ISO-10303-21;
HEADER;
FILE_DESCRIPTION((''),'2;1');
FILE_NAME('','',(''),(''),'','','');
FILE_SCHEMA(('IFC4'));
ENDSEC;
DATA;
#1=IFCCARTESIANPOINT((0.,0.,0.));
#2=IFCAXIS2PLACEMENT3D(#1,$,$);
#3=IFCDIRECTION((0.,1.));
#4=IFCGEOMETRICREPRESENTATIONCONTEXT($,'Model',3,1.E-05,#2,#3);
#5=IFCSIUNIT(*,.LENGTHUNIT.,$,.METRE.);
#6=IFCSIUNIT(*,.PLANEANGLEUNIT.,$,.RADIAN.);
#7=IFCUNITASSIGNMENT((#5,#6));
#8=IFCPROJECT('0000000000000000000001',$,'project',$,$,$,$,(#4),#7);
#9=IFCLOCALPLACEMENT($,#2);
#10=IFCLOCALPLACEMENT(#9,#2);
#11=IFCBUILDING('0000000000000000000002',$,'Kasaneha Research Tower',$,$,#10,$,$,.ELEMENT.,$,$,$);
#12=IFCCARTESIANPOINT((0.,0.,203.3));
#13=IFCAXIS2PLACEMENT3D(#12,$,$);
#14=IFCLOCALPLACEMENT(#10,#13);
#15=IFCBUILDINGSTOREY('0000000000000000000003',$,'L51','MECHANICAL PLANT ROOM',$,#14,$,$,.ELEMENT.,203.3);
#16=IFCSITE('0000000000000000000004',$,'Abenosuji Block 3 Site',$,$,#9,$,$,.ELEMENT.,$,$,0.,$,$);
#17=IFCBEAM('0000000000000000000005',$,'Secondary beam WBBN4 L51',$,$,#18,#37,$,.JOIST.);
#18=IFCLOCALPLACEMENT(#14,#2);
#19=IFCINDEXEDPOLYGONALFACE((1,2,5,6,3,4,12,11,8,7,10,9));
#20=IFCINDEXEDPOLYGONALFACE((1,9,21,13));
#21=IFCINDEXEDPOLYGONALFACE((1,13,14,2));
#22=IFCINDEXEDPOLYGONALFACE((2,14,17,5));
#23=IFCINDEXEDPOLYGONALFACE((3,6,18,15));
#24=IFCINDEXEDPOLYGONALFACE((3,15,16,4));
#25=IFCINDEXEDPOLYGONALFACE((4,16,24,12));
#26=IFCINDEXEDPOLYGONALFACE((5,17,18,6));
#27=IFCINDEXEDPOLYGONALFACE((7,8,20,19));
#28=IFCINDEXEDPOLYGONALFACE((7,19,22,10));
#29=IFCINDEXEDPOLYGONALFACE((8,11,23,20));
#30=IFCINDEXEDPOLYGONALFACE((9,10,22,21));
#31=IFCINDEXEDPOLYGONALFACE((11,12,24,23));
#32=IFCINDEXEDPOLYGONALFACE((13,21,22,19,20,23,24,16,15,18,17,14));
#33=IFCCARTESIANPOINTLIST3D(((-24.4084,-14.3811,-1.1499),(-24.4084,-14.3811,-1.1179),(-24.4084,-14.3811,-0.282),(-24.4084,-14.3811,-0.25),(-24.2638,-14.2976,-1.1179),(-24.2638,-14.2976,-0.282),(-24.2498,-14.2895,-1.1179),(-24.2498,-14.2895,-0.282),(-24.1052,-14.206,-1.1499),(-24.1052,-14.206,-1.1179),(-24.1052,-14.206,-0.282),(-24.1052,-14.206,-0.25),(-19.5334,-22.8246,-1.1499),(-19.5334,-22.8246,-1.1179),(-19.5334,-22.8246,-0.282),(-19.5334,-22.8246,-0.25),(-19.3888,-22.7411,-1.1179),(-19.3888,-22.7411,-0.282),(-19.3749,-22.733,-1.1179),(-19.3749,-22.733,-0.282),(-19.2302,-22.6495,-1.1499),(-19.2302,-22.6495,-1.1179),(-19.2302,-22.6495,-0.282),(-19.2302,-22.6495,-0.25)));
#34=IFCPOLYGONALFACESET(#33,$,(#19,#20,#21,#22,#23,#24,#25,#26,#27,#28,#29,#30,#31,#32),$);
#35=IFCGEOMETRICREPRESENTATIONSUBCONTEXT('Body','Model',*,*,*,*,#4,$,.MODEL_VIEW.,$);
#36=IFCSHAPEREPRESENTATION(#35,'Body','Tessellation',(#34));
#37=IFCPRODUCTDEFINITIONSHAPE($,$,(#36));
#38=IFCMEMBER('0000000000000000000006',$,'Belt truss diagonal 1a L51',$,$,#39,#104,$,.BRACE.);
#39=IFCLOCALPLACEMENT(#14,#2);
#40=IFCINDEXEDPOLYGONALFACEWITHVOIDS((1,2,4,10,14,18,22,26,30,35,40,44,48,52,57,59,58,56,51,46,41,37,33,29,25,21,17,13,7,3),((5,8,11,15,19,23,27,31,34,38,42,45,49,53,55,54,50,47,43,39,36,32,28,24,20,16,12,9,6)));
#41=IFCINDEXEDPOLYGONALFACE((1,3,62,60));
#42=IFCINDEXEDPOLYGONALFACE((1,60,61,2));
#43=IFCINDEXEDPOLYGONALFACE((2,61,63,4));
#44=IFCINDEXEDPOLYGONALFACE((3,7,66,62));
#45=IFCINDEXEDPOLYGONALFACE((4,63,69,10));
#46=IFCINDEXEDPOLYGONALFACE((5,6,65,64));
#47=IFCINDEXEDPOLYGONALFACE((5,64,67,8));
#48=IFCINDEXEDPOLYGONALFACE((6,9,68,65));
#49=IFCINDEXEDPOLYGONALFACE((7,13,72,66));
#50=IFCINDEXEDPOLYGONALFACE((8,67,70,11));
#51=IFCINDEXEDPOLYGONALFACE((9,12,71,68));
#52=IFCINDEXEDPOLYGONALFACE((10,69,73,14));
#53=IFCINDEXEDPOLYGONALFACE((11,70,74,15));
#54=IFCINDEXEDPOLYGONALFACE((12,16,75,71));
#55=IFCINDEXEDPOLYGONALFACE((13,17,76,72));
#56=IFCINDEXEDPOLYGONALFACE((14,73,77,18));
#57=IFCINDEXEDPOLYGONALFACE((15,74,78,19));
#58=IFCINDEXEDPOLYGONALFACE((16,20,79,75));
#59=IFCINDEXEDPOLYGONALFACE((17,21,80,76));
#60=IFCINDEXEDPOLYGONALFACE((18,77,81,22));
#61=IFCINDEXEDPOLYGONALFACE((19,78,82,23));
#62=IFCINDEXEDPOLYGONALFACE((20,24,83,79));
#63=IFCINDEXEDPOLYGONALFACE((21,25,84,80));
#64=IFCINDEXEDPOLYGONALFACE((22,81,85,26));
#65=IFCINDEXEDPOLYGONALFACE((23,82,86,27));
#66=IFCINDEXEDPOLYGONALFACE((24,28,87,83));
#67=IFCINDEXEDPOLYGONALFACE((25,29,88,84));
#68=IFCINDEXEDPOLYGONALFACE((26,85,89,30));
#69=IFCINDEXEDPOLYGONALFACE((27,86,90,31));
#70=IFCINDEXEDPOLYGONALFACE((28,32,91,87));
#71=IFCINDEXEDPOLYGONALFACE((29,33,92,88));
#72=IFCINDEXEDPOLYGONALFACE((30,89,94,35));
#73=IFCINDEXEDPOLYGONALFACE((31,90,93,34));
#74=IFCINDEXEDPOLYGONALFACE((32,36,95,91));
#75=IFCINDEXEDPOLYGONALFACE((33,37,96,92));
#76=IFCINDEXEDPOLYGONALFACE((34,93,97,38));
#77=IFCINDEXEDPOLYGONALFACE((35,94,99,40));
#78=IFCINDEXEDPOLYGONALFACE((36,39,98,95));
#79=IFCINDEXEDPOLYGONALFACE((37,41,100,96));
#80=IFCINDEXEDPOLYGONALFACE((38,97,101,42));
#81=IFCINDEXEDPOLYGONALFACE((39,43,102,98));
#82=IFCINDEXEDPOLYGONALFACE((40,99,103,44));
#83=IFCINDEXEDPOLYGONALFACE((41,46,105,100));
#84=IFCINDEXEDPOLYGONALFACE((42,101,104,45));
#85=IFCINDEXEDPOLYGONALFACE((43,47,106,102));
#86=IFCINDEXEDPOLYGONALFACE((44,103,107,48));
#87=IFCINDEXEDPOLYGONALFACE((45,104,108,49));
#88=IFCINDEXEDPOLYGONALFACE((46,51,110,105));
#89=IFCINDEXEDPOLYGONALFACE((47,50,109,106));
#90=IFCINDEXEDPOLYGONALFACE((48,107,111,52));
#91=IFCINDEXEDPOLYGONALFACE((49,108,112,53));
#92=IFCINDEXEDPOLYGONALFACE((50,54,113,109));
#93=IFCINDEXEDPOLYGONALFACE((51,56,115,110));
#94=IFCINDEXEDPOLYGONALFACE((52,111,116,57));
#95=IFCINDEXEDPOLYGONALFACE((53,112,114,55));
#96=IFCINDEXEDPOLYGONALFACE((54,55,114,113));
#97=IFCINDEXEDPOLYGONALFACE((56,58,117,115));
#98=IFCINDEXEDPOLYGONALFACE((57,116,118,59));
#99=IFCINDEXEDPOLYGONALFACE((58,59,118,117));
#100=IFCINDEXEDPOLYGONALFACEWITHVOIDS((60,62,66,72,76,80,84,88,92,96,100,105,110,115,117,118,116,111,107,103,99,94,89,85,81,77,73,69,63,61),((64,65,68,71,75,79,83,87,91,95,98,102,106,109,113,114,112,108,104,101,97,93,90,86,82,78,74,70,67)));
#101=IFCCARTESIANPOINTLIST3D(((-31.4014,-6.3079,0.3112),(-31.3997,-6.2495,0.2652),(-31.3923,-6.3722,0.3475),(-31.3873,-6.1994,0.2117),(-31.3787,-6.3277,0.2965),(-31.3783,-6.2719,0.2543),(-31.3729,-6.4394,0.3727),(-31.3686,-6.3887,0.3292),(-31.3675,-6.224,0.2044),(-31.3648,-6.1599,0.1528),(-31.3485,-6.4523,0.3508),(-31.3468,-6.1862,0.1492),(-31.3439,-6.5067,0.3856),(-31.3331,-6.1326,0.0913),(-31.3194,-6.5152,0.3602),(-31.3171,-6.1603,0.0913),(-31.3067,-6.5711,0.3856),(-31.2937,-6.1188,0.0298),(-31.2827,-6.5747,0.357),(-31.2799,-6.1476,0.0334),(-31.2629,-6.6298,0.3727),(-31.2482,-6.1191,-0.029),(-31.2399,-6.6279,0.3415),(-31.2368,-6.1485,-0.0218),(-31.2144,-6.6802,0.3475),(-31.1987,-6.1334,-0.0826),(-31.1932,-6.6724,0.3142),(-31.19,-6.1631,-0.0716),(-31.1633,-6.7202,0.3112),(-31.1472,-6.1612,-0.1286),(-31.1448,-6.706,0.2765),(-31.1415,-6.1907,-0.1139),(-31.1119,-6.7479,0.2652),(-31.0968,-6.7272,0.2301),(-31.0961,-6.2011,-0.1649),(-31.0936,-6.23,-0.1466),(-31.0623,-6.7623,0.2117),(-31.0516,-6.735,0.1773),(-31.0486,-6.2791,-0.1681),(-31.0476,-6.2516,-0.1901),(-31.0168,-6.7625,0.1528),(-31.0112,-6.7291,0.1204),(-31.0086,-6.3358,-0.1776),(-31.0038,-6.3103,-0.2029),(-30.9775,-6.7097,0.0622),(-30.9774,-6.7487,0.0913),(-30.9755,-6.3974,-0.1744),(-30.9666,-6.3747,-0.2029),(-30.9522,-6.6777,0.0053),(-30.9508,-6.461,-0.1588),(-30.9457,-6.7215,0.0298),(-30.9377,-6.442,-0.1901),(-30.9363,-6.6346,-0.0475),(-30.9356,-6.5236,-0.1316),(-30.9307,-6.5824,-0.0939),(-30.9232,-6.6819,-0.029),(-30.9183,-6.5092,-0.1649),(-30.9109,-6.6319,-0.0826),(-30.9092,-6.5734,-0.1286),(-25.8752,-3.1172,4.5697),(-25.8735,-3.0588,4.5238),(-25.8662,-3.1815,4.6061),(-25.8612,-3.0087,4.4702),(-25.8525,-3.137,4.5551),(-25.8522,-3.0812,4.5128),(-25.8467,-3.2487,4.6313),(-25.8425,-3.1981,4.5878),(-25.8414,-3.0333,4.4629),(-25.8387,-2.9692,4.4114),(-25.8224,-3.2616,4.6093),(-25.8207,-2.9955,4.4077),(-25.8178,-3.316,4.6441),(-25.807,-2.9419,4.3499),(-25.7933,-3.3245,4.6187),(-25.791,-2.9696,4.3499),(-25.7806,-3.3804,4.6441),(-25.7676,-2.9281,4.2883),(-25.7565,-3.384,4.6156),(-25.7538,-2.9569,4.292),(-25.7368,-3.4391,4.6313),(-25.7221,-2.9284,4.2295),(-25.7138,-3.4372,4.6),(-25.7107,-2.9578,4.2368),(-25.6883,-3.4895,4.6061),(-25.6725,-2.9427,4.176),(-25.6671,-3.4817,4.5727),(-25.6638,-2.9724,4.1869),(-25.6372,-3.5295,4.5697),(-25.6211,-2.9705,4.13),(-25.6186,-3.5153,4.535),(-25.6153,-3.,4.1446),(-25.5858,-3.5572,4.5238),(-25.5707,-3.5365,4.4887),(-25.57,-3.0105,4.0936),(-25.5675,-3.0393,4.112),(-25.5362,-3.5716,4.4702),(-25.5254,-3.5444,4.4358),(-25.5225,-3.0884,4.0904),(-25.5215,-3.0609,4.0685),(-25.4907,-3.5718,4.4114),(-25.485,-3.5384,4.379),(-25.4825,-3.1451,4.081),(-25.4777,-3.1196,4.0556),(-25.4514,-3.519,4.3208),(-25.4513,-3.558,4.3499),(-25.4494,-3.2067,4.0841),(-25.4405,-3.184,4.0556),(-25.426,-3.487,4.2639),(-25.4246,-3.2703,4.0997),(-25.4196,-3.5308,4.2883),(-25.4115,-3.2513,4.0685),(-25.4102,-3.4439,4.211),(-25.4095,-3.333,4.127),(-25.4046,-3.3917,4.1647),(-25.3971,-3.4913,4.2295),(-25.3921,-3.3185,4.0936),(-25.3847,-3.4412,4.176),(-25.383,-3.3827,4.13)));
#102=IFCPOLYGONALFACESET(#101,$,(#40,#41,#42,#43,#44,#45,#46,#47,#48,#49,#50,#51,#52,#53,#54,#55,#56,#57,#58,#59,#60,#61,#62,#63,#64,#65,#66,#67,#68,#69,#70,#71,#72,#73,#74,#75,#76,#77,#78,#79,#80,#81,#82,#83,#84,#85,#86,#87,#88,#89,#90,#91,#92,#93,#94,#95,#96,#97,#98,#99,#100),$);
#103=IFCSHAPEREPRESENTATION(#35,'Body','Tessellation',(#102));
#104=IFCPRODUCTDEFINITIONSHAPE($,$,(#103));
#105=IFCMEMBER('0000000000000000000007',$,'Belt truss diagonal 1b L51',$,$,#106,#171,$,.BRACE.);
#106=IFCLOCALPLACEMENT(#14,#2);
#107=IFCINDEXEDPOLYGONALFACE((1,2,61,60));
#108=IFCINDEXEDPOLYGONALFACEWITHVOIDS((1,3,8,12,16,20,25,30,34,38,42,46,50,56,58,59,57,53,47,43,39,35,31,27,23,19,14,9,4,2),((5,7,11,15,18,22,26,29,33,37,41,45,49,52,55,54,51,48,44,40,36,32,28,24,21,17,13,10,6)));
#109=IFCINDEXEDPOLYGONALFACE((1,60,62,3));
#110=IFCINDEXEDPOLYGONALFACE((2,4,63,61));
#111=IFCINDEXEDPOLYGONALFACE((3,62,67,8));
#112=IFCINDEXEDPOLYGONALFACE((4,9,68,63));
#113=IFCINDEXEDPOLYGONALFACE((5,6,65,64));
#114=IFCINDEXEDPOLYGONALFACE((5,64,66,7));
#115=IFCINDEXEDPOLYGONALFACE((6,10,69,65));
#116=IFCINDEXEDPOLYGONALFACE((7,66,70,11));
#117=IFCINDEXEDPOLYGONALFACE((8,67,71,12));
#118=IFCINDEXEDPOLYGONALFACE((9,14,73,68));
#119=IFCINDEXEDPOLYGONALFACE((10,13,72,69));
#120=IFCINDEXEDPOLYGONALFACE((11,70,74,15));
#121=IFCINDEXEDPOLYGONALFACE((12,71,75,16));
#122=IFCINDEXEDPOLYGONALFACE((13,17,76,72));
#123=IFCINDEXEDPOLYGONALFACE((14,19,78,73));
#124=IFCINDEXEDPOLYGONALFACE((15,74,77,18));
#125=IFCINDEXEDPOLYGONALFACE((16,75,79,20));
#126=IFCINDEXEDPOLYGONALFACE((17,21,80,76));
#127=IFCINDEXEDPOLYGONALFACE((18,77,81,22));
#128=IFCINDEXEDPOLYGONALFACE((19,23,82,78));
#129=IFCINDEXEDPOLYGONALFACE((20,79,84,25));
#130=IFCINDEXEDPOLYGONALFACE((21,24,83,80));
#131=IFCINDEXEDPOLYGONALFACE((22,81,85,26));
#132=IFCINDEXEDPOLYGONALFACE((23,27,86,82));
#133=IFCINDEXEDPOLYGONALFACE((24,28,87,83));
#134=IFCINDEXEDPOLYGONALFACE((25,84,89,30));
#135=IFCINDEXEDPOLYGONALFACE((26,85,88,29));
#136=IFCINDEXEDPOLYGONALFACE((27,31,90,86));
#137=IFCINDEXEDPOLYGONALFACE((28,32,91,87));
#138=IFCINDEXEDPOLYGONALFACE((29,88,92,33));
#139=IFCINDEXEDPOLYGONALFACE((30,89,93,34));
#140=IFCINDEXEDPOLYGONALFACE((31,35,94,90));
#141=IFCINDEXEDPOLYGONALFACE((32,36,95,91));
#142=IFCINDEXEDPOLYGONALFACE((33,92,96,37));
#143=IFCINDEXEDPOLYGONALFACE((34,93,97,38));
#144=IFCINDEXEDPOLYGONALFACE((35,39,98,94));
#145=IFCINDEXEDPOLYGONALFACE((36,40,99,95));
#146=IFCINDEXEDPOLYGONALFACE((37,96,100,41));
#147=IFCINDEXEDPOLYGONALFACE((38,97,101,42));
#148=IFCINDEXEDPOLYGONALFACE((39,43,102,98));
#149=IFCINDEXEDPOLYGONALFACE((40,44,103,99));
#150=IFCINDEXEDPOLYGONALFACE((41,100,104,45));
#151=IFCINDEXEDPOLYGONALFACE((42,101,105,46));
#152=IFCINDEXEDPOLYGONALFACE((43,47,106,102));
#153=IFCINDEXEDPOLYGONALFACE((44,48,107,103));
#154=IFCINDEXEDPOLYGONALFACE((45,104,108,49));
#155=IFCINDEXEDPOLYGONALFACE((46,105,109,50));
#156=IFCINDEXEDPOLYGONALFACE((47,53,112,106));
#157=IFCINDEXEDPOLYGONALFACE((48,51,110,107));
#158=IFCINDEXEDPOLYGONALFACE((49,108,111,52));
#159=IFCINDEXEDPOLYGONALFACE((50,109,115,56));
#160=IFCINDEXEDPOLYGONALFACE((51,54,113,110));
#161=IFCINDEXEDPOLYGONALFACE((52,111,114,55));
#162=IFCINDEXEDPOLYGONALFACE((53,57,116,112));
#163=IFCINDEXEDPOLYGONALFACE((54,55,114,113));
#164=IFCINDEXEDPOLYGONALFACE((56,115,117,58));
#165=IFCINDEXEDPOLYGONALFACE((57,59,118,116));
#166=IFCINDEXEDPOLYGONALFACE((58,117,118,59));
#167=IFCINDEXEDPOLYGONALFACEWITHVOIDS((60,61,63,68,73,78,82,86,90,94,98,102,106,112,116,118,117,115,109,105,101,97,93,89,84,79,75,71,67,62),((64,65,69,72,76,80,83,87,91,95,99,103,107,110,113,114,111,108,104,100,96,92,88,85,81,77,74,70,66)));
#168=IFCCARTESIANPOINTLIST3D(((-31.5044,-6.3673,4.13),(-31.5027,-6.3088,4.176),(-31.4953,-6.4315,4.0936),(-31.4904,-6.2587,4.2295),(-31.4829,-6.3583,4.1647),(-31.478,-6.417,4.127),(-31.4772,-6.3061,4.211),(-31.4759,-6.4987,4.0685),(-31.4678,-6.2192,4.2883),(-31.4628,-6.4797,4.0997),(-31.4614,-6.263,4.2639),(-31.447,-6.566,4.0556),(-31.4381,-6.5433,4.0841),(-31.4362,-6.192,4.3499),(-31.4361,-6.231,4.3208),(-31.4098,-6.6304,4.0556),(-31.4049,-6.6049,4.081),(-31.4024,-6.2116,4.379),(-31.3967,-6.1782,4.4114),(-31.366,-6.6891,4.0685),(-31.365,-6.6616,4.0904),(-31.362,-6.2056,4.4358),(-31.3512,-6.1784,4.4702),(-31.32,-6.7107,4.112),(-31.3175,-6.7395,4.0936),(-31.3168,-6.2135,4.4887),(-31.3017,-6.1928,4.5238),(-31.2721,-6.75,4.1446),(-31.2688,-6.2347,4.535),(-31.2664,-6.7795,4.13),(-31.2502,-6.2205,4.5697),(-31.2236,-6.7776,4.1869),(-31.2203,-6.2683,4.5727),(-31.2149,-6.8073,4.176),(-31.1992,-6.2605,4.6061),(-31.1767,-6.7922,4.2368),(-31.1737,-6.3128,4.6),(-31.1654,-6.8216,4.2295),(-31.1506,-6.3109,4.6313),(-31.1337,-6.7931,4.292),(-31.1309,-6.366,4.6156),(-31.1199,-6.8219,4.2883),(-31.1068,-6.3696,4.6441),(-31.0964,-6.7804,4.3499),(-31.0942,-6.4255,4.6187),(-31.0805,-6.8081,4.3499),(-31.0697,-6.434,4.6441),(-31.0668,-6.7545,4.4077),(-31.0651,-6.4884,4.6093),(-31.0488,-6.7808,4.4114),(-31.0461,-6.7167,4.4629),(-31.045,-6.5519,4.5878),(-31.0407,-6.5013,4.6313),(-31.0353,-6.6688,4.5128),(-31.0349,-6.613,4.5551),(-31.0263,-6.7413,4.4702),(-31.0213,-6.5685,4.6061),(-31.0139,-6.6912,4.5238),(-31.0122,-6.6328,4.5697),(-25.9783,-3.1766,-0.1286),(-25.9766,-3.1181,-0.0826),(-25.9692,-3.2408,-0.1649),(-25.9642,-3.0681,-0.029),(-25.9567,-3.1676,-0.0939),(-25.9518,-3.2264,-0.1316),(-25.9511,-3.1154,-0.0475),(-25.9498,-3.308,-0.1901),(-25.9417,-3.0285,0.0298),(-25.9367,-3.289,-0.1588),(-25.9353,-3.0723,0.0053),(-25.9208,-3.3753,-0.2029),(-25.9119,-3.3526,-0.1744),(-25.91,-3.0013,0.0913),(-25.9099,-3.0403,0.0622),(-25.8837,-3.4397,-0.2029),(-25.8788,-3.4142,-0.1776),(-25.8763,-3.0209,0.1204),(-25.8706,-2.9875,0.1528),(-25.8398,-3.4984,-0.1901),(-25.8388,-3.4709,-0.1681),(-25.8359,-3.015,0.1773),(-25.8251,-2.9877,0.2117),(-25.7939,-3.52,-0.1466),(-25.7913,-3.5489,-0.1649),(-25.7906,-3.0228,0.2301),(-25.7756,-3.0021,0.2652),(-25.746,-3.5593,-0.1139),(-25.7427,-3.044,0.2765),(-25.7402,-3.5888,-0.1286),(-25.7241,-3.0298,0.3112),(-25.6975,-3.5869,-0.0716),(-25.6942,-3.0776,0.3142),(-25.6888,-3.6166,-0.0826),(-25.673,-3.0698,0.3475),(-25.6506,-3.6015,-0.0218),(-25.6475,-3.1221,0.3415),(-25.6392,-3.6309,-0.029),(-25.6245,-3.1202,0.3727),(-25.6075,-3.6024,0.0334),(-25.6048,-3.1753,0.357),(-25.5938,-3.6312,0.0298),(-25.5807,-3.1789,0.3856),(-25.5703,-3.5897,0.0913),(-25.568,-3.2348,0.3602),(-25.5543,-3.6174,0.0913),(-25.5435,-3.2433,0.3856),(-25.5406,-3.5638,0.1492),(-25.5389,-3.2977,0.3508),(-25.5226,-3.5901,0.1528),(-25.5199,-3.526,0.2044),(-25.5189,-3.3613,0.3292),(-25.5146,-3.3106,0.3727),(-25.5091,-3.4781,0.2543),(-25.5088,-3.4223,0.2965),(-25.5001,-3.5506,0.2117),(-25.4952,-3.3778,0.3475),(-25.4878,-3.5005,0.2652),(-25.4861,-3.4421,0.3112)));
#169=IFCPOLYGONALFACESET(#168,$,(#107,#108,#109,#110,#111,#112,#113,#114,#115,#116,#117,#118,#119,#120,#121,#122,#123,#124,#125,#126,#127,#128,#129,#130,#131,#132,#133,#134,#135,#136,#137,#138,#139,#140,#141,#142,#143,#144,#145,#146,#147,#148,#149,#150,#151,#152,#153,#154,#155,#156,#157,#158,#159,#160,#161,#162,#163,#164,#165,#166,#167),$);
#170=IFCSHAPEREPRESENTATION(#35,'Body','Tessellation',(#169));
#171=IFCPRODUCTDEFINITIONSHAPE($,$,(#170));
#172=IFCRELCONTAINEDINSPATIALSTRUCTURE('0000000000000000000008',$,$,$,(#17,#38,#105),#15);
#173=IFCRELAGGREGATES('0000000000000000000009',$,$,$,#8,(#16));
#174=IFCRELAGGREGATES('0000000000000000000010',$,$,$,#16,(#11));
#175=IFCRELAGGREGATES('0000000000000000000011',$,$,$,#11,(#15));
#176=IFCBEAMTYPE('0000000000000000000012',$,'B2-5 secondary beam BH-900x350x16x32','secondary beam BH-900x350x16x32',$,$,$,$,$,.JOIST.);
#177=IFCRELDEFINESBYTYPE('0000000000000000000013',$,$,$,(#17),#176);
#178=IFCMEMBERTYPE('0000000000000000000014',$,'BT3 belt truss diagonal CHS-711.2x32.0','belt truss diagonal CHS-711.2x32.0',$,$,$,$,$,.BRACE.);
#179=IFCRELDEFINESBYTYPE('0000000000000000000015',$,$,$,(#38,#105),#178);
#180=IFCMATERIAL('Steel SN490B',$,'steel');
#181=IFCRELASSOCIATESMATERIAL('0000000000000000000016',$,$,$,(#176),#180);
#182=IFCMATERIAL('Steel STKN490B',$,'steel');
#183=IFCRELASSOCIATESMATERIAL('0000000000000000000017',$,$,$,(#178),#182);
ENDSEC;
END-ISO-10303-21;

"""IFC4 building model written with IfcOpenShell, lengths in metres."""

from ifc_helpers import new_model, si_unit, direction, frame, origin, origin_2d, place, context, subcontext, project, spatial, hollow_circle, i_section, extrude, material, material_profile, profile_set, type_object, element, save


model = new_model("IFC4")

# Units and contexts
model_context = context("Model", 3, precision=1e-05, world=origin(), true_north=direction((0.0, 1.0)))
body_context = subcontext(model_context, "Body", "Model", "MODEL_VIEW")
ifc_project = project(units=[si_unit("LENGTHUNIT", "METRE"), si_unit("PLANEANGLEUNIT", "RADIAN")], contexts=[model_context])

# Site, building, storey
site_placement = place(None, origin())
site = spatial("IfcSite", under=ifc_project, at=site_placement, Name="Abenosuji Block 3 Site", CompositionType="ELEMENT", RefElevation=0.0)
building_placement = place(site_placement, origin())
building = spatial("IfcBuilding", under=site, at=building_placement, Name="Kasaneha Research Tower", CompositionType="ELEMENT")
storey_placement = place(building_placement, frame((0.0, 0.0, 203.3)))
storey = spatial("IfcBuildingStorey", under=building, at=storey_placement, Name="L51", Description="MECHANICAL PLANT ROOM", CompositionType="ELEMENT", Elevation=203.3)

# Beam
ifc_material_1 = material(Name="Steel SN490B", Category="steel")
ifc_material_profile_1 = material_profile(ifc_material_1, i_section(OverallWidth=0.3501, OverallDepth=0.8999, WebThickness=0.0161, FlangeThickness=0.032, at=origin_2d()), Name="BH-900x350x16x32")
ifc_profile_set_1 = profile_set([ifc_material_profile_1], Name="Steel SN490B")
beam_type_1 = type_object("IfcBeamType", Name="B2-5 secondary beam BH-900x350x16x32", Description="secondary beam BH-900x350x16x32", PredefinedType="JOIST", material=ifc_profile_set_1)
for number, where, z_axis, x_axis, name in (
    (1, (-19.3818, -22.7371, -0.7), (-0.500006, 0.866022, 0.0), (-0.866022, -0.500006, 0.0), "Secondary beam WBBN4 L51"),
):
    element("IfcBeam", number, at=place(storey_placement, frame(where, z_axis=z_axis, x_axis=x_axis)), inside=storey, type_object=beam_type_1, Name=name, PredefinedType="JOIST", context=body_context, shape_type="SweptSolid", body=[
        extrude(i_section(OverallWidth=0.3501, OverallDepth=0.8999, WebThickness=0.0161, FlangeThickness=0.032, at=origin_2d()), origin(), (0.0, 0.0, 1.0), 9.7498),
    ])

# Members
ifc_material_2 = material(Name="Steel STKN490B", Category="steel")
ifc_material_profile_2 = material_profile(ifc_material_2, hollow_circle(Radius=0.3557, WallThickness=0.032, at=origin_2d()), Name="CHS-711.2x32.0")
ifc_profile_set_2 = profile_set([ifc_material_profile_2], Name="Steel STKN490B")
member_type = type_object("IfcMemberType", Name="BT3 belt truss diagonal CHS-711.2x32.0", Description="belt truss diagonal CHS-711.2x32.0", PredefinedType="BRACE", material=ifc_profile_set_2)
for number, where, z_axis, x_axis, name in (
    (2, (-31.1553, -6.4407, 0.0913), (0.720334, 0.415907, 0.555104), (-0.500019, 0.866014, 0.0), "Belt truss diagonal 1a L51"),
    (3, (-25.7322, -3.3093, 0.0913), (-0.720334, -0.415907, 0.555104), (0.500019, -0.866014, 0.0), "Belt truss diagonal 1b L51"),
):
    element("IfcMember", number, at=place(storey_placement, frame(where, z_axis=z_axis, x_axis=x_axis)), inside=storey, type_object=member_type, Name=name, PredefinedType="BRACE", context=body_context, shape_type="SweptSolid", body=[
        extrude(hollow_circle(Radius=0.3557, WallThickness=0.032, at=origin_2d()), origin(), (0.0, 0.0, 1.0), 7.6716),
    ])

save(model, "model.ifc")
